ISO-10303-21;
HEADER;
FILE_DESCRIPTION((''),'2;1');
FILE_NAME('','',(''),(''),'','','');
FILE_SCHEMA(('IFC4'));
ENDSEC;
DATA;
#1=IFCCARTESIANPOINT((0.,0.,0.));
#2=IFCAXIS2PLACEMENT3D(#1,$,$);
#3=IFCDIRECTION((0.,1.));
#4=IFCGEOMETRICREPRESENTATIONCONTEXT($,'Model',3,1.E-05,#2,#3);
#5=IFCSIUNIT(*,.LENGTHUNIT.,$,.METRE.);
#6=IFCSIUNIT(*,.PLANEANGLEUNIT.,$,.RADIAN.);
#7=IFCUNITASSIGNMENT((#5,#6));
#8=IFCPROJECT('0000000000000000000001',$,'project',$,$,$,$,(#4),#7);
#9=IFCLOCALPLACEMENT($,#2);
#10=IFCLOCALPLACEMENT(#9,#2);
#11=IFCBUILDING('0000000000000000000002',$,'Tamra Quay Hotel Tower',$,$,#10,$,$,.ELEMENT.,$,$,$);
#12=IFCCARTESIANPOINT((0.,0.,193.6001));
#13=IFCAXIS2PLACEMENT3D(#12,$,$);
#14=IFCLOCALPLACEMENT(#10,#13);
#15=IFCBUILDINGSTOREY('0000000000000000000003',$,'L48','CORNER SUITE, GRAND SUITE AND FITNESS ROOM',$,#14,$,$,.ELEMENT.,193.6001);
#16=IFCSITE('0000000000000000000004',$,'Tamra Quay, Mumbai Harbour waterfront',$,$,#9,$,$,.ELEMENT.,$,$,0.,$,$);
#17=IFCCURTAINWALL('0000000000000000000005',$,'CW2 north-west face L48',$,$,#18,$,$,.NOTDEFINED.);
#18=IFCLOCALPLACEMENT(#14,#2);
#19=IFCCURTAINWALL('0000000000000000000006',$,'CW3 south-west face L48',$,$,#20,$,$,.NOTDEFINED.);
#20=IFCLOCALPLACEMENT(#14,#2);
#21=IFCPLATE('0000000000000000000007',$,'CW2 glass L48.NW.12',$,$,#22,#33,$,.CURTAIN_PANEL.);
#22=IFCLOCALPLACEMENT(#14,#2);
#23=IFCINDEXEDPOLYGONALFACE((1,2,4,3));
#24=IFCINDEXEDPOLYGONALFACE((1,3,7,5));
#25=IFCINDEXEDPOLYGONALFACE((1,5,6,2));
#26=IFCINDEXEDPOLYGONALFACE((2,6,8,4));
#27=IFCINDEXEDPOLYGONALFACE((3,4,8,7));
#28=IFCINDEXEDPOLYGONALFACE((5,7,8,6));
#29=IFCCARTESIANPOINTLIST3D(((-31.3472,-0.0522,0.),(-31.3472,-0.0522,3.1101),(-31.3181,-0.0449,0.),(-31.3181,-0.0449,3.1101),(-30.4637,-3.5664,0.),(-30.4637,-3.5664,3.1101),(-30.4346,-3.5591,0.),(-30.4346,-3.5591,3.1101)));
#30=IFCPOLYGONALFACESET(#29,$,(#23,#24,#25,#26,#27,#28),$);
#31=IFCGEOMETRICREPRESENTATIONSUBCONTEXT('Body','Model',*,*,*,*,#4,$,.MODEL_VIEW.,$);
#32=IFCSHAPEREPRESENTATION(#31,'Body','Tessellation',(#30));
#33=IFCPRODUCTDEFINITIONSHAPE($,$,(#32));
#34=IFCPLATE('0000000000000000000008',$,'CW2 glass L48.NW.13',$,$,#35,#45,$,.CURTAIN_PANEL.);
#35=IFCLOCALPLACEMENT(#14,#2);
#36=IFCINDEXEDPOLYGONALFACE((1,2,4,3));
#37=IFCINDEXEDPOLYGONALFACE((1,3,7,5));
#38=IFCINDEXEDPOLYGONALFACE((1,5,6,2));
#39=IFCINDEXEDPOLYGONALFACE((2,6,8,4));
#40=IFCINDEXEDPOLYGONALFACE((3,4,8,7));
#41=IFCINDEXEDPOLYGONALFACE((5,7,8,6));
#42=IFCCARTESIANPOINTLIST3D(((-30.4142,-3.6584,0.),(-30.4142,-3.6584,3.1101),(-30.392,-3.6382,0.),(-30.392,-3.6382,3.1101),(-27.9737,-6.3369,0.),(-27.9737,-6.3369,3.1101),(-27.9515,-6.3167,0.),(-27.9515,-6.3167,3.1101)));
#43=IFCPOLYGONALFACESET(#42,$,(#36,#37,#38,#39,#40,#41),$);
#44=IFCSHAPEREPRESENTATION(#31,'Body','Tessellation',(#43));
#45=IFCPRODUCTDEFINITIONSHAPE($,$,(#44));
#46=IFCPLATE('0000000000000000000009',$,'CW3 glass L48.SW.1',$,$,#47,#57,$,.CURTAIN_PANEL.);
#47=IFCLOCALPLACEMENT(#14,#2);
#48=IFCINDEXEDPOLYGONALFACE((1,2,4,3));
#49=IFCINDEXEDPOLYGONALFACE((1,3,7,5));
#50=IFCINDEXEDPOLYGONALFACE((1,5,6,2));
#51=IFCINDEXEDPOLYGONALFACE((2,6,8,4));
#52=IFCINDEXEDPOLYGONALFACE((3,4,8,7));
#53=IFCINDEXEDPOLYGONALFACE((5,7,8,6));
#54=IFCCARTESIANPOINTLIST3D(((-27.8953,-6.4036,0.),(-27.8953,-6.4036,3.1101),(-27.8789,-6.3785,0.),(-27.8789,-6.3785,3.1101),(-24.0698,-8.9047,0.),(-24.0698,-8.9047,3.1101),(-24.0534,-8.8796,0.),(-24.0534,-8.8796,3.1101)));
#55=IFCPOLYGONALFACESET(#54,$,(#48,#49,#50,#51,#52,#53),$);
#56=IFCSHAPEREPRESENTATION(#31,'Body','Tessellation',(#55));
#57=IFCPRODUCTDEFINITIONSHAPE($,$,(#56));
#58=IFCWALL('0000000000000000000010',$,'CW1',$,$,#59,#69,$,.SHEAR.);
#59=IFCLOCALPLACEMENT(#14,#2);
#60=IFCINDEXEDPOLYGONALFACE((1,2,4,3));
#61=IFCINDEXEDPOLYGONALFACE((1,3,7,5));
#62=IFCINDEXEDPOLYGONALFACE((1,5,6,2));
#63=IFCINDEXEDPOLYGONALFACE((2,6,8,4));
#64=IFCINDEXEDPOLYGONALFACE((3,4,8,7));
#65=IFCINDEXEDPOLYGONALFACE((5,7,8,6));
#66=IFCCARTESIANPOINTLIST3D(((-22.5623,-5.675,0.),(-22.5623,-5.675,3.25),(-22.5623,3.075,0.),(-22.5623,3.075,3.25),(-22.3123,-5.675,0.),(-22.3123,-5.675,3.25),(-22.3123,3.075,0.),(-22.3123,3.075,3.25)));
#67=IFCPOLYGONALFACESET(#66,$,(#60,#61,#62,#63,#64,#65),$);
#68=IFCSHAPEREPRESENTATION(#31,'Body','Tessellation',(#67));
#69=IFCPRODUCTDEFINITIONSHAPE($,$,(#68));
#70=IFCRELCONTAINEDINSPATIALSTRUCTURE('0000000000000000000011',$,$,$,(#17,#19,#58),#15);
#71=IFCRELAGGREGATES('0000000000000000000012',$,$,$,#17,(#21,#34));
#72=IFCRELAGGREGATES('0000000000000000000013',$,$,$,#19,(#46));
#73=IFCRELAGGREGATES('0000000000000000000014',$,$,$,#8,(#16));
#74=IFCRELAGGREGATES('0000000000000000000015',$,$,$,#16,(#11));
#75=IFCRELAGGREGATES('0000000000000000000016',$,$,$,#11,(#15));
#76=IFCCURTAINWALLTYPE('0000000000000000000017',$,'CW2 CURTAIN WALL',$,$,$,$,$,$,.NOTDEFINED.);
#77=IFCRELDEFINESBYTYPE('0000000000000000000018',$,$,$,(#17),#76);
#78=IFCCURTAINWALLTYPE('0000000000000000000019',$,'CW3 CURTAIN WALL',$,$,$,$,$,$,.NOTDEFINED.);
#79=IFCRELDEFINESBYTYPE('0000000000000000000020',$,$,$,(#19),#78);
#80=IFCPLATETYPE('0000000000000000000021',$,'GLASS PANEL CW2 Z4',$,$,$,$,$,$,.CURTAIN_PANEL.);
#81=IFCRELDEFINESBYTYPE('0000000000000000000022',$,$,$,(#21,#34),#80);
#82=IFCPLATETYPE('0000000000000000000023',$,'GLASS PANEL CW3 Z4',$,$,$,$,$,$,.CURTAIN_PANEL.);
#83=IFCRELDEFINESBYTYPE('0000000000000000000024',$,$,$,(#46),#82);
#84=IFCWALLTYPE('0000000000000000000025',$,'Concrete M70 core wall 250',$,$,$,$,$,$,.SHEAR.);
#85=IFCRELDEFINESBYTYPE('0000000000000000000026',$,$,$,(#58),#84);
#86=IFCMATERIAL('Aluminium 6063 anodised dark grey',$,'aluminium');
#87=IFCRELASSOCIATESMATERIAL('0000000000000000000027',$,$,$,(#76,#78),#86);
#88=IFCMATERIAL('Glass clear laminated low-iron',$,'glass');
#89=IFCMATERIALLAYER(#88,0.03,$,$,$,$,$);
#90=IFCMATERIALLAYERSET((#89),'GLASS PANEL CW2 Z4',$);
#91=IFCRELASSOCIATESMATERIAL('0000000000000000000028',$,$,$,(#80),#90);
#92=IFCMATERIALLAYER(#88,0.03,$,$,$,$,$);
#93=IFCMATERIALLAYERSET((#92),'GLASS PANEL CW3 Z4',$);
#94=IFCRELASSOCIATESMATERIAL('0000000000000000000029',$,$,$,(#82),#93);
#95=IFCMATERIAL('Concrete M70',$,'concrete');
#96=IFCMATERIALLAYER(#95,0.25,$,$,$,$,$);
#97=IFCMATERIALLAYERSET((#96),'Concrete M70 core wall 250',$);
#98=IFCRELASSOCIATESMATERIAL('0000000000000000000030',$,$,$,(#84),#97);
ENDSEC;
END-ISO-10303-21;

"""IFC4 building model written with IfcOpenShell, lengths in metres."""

from ifc_helpers import new_model, si_unit, direction, frame, frame_2d, origin, origin_2d, place, context, subcontext, project, spatial, rectangle, extrude, material, layer, layer_set, type_object, element, aggregate, save


model = new_model("IFC4")

# Units and contexts
model_context = context("Model", 3, precision=1e-05, world=origin(), true_north=direction((0.0, 1.0)))
body_context = subcontext(model_context, "Body", "Model", "MODEL_VIEW")
ifc_project = project(units=[si_unit("LENGTHUNIT", "METRE"), si_unit("PLANEANGLEUNIT", "RADIAN")], contexts=[model_context])

# Site, building, storey
site_placement = place(None, origin())
site = spatial("IfcSite", under=ifc_project, at=site_placement, Name="Tamra Quay, Mumbai Harbour waterfront", CompositionType="ELEMENT", RefElevation=0.0)
building_placement = place(site_placement, origin())
building = spatial("IfcBuilding", under=site, at=building_placement, Name="Tamra Quay Hotel Tower", CompositionType="ELEMENT")
storey_placement = place(building_placement, frame((0.0, 0.0, 193.6001)))
storey = spatial("IfcBuildingStorey", under=building, at=storey_placement, Name="L48", Description="CORNER SUITE, GRAND SUITE AND FITNESS ROOM", CompositionType="ELEMENT", Elevation=193.6001)

# Shared definitions
ifc_material_1 = material(Name="Concrete M70", Category="concrete")

# Curtain walls
ifc_material_2 = material(Name="Aluminium 6063 anodised dark grey", Category="aluminium")
curtain_wall_type_1 = type_object("IfcCurtainWallType", Name="CW2 CURTAIN WALL", PredefinedType="NOTDEFINED", material=ifc_material_2)
curtain_wall_1_placement = place(storey_placement, origin())
curtain_wall_1 = element("IfcCurtainWall", 1, at=curtain_wall_1_placement, inside=storey, type_object=curtain_wall_type_1, Name="CW2 north-west face L48", PredefinedType="NOTDEFINED")
curtain_wall_type_2 = type_object("IfcCurtainWallType", Name="CW3 CURTAIN WALL", PredefinedType="NOTDEFINED", material=ifc_material_2)
curtain_wall_2_placement = place(storey_placement, origin())
curtain_wall_2 = element("IfcCurtainWall", 2, at=curtain_wall_2_placement, inside=storey, type_object=curtain_wall_type_2, Name="CW3 south-west face L48", PredefinedType="NOTDEFINED")

# Plates
ifc_material_3 = material(Name="Glass clear laminated low-iron", Category="glass")
ifc_layer_1 = layer(ifc_material_3, 0.03)
ifc_layer_set_1 = layer_set([ifc_layer_1], Name="GLASS PANEL CW2 Z4")
plate_type_1 = type_object("IfcPlateType", Name="GLASS PANEL CW2 Z4", PredefinedType="CURTAIN_PANEL", material=ifc_layer_set_1)
plate_1_placement = place(storey_placement, frame((-30.8909, -1.8057, 0.0), z_axis=(0.0, 0.0, 1.0), x_axis=(0.243826, -0.969819, 0.0)))
plate_1 = element("IfcPlate", 3, at=plate_1_placement, type_object=plate_type_1, Name="CW2 glass L48.NW.12", PredefinedType="CURTAIN_PANEL", context=body_context, shape_type="SweptSolid", body=[
    extrude(rectangle(XDim=3.6235, YDim=0.03, at=origin_2d()), origin(), (0.0, 0.0, 1.0), 3.1101),
])
plate_2_placement = place(storey_placement, frame((-29.1829, -4.9875, 0.0), z_axis=(0.0, 0.0, 1.0), x_axis=(0.673496, -0.739191, 0.0)))
plate_2 = element("IfcPlate", 4, at=plate_2_placement, type_object=plate_type_1, Name="CW2 glass L48.NW.13", PredefinedType="CURTAIN_PANEL", context=body_context, shape_type="SweptSolid", body=[
    extrude(rectangle(XDim=3.6235, YDim=0.03, at=origin_2d()), origin(), (0.0, 0.0, 1.0), 3.1101),
])
aggregate(curtain_wall_1, [plate_1, plate_2])
ifc_layer_2 = layer(ifc_material_3, 0.03)
ifc_layer_set_2 = layer_set([ifc_layer_2], Name="GLASS PANEL CW3 Z4")
plate_type_2 = type_object("IfcPlateType", Name="GLASS PANEL CW3 Z4", PredefinedType="CURTAIN_PANEL", material=ifc_layer_set_2)
plate_3_placement = place(storey_placement, frame((-25.9744, -7.6416, 0.0), z_axis=(0.0, 0.0, 1.0), x_axis=(0.836986, -0.547224, 0.0)))
plate_3 = element("IfcPlate", 5, at=plate_3_placement, type_object=plate_type_2, Name="CW3 glass L48.SW.1", PredefinedType="CURTAIN_PANEL", context=body_context, shape_type="SweptSolid", body=[
    extrude(rectangle(XDim=4.5706, YDim=0.03, at=origin_2d()), origin(), (0.0, 0.0, 1.0), 3.1101),
])
aggregate(curtain_wall_2, [plate_3])

# Wall
ifc_layer_3 = layer(ifc_material_1, 0.25)
ifc_layer_set_3 = layer_set([ifc_layer_3], Name="Concrete M70 core wall 250")
wall_type = type_object("IfcWallType", Name="Concrete M70 core wall 250", PredefinedType="SHEAR", material=ifc_layer_set_3)
wall_placement = place(storey_placement, frame((-22.4373, -5.675, 0.0), z_axis=(0.0, 0.0, 1.0), x_axis=(0.0, 1.0, 0.0)))
element("IfcWall", 6, at=wall_placement, inside=storey, type_object=wall_type, Name="CW1", PredefinedType="SHEAR", context=body_context, shape_type="SweptSolid", body=[
    extrude(rectangle(XDim=8.75, YDim=0.25, at=frame_2d((4.375, 0.0))), origin(), (0.0, 0.0, 1.0), 3.25),
])

save(model, "model.ifc")
